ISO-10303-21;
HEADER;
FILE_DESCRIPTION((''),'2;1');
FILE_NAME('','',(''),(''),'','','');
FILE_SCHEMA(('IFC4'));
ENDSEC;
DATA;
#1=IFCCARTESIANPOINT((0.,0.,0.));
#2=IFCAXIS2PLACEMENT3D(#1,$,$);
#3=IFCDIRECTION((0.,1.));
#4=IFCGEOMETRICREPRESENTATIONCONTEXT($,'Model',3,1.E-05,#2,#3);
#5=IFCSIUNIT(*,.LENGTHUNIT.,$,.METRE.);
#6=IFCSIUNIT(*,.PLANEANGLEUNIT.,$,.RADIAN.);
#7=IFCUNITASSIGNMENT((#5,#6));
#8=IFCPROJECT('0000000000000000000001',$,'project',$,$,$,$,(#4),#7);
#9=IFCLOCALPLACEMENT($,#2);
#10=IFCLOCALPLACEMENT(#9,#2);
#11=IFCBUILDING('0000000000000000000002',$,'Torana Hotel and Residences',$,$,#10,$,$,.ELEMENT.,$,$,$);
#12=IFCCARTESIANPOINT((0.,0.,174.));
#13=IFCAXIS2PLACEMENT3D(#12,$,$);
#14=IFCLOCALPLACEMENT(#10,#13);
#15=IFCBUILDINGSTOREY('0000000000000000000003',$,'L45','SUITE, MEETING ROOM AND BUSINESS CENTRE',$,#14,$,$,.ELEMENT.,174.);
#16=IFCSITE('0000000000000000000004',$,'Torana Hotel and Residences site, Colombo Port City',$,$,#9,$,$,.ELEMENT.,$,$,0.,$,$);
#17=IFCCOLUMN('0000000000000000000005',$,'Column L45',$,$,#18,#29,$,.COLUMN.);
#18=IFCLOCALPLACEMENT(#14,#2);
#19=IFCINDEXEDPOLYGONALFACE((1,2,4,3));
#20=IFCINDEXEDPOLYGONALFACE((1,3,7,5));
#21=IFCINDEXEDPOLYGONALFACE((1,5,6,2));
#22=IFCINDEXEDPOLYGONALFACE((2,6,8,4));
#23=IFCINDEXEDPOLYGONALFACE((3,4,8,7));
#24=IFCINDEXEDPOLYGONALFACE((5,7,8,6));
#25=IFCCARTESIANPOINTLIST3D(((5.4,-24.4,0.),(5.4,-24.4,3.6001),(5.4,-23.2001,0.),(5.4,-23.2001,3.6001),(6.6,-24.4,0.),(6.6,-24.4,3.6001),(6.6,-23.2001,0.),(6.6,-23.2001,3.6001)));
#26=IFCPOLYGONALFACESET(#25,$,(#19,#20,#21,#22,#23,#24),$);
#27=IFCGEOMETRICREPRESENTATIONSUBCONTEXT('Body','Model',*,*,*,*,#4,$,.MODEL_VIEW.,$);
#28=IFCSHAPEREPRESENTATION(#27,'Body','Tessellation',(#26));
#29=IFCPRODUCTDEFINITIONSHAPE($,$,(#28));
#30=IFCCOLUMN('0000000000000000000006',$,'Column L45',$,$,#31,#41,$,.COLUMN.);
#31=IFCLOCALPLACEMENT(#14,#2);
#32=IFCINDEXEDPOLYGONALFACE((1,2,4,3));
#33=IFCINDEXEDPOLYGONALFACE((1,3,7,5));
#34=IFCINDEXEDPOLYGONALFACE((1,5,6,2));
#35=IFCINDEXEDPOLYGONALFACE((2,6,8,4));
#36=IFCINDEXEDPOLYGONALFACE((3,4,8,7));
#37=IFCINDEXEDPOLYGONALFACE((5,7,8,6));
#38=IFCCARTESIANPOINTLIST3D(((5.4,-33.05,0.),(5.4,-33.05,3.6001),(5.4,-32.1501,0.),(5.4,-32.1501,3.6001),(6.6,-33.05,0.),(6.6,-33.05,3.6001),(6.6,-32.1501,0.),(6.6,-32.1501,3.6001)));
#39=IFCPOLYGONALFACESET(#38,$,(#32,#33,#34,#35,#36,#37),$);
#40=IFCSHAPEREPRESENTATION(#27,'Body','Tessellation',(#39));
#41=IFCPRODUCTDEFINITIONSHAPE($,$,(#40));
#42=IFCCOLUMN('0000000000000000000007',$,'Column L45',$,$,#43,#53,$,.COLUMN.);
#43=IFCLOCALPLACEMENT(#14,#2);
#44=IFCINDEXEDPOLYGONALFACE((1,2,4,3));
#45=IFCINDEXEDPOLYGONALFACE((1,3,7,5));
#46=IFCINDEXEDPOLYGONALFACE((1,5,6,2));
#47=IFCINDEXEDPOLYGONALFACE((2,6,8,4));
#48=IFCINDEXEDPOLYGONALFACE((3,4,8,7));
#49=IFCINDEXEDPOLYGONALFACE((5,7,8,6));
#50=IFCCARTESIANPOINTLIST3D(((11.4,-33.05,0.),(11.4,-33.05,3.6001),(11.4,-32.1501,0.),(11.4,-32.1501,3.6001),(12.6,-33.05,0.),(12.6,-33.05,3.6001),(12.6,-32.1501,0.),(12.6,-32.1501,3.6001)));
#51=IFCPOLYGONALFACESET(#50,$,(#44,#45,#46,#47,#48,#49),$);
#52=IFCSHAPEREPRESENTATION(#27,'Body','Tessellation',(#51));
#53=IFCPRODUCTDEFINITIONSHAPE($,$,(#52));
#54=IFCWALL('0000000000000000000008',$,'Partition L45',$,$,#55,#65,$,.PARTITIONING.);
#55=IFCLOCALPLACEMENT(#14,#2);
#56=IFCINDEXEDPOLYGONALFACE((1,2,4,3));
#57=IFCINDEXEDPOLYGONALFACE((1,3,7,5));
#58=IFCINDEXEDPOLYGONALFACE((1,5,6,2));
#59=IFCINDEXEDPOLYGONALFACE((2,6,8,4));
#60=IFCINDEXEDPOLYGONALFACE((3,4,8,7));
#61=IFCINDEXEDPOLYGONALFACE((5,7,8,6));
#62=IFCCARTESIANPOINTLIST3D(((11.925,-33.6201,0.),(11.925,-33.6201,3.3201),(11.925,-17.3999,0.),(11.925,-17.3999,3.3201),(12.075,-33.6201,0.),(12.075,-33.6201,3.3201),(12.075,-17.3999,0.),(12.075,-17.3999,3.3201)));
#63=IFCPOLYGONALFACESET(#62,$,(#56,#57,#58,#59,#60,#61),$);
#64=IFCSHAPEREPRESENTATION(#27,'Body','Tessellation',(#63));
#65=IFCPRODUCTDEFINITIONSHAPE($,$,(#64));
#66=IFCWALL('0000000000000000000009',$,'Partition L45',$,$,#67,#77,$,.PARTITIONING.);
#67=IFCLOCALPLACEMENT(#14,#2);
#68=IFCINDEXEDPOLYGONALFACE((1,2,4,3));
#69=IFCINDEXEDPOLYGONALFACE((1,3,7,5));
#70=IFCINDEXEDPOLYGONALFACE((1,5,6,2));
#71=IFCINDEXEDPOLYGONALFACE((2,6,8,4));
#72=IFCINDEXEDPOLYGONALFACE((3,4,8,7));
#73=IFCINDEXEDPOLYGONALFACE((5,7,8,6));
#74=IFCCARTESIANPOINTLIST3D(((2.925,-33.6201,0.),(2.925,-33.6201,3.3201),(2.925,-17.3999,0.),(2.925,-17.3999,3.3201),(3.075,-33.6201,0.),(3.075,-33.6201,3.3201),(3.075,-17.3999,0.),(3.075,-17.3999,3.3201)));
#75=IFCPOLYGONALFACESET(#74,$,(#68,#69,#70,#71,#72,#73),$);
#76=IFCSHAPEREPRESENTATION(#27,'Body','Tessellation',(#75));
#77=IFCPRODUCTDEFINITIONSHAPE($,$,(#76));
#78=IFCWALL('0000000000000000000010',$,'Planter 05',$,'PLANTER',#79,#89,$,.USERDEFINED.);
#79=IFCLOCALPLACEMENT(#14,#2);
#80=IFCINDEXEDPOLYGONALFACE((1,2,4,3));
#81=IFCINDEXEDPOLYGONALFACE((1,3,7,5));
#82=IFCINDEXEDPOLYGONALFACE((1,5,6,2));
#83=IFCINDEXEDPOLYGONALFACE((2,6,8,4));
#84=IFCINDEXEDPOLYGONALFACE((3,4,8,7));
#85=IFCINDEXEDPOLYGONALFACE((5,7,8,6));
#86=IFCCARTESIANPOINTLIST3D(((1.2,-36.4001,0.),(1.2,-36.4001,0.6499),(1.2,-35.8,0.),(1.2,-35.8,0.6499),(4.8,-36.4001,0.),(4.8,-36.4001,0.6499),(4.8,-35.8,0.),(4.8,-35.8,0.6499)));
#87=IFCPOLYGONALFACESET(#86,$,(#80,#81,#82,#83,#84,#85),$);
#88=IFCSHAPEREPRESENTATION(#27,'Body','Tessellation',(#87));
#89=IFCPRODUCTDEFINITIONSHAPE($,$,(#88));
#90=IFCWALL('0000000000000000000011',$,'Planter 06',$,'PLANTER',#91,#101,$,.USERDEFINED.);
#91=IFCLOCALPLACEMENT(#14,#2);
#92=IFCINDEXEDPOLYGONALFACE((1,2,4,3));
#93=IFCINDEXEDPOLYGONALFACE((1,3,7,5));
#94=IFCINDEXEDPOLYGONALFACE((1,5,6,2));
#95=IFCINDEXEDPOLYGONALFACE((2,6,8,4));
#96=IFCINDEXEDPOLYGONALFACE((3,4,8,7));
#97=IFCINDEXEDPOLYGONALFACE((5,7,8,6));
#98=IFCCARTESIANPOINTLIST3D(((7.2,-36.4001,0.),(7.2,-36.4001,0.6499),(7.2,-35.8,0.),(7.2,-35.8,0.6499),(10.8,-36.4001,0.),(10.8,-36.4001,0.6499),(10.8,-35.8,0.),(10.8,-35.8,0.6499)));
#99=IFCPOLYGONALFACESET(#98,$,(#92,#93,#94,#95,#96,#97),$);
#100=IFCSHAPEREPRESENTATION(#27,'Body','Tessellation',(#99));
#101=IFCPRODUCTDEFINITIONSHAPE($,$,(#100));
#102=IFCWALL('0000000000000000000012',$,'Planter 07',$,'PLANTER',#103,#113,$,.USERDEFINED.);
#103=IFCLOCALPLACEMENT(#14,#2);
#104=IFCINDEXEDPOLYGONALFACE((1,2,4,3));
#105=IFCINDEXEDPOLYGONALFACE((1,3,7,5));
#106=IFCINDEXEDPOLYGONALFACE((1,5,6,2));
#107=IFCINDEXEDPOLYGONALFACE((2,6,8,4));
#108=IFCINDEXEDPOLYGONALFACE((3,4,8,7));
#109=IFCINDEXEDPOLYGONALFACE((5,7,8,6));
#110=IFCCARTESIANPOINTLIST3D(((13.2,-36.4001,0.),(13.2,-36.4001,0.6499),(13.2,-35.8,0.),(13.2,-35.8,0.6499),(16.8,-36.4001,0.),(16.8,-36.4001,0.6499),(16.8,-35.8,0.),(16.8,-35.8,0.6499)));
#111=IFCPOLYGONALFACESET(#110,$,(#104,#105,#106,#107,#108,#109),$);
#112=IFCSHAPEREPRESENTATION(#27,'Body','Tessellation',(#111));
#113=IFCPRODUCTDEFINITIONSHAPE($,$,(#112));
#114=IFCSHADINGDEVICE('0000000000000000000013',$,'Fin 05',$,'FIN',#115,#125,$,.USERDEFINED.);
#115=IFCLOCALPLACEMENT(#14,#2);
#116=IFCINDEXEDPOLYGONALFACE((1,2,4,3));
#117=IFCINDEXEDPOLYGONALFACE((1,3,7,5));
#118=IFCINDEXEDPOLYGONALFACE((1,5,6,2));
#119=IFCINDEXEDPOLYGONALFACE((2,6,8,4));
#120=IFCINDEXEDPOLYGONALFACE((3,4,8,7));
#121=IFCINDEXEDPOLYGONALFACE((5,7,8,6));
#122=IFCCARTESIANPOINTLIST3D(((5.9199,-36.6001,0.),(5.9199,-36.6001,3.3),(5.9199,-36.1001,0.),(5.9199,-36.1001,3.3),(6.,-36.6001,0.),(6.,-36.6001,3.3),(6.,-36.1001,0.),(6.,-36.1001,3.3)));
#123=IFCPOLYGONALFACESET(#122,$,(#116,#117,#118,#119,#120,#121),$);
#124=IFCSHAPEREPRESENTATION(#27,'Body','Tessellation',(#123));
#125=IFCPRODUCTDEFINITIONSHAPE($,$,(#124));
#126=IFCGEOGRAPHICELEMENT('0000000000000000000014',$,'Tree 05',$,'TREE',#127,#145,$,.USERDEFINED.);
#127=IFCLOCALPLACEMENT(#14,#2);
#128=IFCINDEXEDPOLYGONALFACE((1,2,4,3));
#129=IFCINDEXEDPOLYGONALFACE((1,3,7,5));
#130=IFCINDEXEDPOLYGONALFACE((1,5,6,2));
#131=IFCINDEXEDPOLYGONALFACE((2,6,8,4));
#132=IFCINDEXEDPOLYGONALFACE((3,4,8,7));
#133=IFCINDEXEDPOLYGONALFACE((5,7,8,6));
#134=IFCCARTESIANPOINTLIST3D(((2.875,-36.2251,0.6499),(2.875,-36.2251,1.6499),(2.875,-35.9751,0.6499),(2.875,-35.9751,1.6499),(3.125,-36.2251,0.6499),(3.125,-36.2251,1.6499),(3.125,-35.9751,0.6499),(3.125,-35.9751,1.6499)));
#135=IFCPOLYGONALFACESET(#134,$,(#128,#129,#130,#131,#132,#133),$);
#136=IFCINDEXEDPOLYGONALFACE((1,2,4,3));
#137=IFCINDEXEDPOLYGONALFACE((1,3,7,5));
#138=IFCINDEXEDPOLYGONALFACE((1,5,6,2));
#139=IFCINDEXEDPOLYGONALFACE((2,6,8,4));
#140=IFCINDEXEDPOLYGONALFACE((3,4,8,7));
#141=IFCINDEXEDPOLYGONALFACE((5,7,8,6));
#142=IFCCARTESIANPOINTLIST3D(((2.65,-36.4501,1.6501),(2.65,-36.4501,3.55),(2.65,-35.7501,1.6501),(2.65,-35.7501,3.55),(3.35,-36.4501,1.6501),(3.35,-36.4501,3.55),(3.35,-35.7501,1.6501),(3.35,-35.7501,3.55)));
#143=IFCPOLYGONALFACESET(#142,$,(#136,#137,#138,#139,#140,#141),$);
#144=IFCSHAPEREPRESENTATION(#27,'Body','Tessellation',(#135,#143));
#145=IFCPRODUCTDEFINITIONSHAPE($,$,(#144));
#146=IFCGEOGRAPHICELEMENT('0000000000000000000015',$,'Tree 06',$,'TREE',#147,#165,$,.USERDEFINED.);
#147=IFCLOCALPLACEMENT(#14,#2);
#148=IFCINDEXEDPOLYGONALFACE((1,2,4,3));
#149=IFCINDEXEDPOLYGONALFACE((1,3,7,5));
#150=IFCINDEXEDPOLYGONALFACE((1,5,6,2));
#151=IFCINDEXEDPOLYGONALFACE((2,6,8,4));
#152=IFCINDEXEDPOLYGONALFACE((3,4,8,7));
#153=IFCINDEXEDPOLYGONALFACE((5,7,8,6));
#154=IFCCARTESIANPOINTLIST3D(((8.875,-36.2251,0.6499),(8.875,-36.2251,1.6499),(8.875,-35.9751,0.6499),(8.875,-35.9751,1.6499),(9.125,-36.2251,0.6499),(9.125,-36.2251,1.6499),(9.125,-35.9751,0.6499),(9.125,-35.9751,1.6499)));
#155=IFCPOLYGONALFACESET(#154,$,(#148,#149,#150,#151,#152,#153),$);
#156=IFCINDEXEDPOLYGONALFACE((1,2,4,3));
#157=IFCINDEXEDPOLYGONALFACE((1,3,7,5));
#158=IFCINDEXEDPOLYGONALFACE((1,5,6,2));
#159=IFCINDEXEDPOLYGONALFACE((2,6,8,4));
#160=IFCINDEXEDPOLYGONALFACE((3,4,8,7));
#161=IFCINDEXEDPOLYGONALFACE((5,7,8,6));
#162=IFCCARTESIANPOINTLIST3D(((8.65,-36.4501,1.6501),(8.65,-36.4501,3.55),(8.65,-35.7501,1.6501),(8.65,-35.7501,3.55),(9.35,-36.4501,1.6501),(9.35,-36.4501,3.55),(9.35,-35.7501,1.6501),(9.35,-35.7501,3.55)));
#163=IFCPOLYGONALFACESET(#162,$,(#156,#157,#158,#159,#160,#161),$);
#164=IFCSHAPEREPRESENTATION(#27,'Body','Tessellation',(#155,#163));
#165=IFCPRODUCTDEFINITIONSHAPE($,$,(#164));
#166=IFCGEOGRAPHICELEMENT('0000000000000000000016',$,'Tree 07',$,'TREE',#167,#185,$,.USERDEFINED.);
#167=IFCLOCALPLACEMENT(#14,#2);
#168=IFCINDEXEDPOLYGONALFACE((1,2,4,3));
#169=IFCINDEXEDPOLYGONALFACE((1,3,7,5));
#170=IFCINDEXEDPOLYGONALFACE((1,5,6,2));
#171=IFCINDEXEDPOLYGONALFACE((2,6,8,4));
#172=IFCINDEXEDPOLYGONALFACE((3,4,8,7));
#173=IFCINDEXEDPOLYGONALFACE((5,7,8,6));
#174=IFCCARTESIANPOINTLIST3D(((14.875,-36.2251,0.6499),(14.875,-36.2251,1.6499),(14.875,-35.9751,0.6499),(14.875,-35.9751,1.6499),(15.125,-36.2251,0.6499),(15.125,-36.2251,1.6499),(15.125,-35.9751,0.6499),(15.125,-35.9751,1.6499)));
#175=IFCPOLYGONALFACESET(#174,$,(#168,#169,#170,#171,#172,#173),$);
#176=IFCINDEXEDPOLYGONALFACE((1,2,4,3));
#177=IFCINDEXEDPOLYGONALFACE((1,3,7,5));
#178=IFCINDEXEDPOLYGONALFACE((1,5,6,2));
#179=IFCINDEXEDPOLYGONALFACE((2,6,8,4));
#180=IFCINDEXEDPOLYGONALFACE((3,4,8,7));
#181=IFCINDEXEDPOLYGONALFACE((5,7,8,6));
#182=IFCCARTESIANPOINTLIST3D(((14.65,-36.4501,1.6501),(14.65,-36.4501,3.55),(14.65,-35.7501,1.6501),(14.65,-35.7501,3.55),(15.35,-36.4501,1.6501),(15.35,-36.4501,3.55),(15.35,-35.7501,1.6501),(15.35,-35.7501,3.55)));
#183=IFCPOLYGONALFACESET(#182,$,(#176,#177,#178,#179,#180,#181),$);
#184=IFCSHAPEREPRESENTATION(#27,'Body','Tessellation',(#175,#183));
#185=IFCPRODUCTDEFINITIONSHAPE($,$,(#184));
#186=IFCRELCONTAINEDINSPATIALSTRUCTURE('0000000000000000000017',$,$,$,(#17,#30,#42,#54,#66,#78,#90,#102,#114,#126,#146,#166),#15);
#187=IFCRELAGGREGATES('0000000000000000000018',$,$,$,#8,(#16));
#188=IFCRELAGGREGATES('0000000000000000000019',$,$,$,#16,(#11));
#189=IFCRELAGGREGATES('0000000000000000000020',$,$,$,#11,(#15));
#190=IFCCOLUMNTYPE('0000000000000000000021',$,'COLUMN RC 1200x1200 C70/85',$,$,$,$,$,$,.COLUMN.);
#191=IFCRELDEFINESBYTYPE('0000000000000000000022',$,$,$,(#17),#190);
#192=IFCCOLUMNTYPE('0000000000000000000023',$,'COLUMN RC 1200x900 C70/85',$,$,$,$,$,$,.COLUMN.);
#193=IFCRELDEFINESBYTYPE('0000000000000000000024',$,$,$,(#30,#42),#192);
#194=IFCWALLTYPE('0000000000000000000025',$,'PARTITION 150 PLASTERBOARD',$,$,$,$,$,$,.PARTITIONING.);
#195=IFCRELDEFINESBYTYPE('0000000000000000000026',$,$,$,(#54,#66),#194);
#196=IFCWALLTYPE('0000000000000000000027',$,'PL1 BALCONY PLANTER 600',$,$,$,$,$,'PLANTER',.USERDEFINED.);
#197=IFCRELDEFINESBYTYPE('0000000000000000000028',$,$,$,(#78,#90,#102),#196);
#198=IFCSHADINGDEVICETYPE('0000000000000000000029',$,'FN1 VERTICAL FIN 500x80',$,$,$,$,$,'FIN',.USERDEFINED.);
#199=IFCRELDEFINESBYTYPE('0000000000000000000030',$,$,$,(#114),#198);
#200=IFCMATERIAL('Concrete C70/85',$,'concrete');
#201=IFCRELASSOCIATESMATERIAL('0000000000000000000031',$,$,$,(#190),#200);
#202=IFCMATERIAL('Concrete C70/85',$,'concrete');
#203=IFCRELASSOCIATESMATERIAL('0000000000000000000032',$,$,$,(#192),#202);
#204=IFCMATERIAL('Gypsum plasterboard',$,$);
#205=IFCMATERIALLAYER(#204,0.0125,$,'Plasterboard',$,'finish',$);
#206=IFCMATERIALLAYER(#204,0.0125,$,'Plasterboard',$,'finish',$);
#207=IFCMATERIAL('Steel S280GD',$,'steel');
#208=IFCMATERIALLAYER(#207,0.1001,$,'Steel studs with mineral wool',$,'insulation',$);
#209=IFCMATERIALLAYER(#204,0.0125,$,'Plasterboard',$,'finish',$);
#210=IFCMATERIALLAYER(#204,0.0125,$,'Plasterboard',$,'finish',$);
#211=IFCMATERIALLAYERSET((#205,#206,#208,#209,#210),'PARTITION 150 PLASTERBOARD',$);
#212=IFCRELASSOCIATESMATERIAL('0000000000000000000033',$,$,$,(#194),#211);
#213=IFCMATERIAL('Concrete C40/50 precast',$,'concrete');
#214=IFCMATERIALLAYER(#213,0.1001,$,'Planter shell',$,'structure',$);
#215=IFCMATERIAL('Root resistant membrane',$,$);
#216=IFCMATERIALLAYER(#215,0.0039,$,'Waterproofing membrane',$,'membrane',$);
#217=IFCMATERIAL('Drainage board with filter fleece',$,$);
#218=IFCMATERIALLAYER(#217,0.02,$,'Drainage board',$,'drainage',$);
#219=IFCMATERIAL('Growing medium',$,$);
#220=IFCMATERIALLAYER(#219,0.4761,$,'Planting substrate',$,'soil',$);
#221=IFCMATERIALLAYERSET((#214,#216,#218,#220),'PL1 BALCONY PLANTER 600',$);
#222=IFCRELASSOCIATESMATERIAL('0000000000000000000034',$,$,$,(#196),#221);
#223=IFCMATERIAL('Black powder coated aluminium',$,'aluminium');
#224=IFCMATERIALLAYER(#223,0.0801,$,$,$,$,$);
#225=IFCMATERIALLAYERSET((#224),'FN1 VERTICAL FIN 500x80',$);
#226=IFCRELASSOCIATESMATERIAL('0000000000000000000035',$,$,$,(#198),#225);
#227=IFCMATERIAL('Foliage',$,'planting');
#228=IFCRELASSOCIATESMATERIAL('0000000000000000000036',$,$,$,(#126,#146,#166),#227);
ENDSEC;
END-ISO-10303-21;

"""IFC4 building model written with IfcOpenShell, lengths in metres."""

from ifc_helpers import new_model, si_unit, direction, frame, frame_2d, origin, origin_2d, place, context, subcontext, project, spatial, rectangle, extrude, material, layer, layer_set, material_profile, profile_set, type_object, element, save


model = new_model("IFC4")

# Units and contexts
model_context = context("Model", 3, precision=1e-05, world=origin(), true_north=direction((0.0, 1.0)))
body_context = subcontext(model_context, "Body", "Model", "MODEL_VIEW")
ifc_project = project(units=[si_unit("LENGTHUNIT", "METRE"), si_unit("PLANEANGLEUNIT", "RADIAN")], contexts=[model_context])

# Site, building, storey
site_placement = place(None, origin())
site = spatial("IfcSite", under=ifc_project, at=site_placement, Name="Torana Hotel and Residences site, Colombo Port City", CompositionType="ELEMENT", RefElevation=0.0)
building_placement = place(site_placement, origin())
building = spatial("IfcBuilding", under=site, at=building_placement, Name="Torana Hotel and Residences", CompositionType="ELEMENT")
storey_placement = place(building_placement, frame((0.0, 0.0, 174.0)))
storey = spatial("IfcBuildingStorey", under=building, at=storey_placement, Name="L45", Description="SUITE, MEETING ROOM AND BUSINESS CENTRE", CompositionType="ELEMENT", Elevation=174.0)

# Columns
ifc_material_1 = material(Name="Concrete C70/85", Category="concrete")
ifc_material_profile_1 = material_profile(ifc_material_1, rectangle(XDim=1.2, YDim=1.2, at=origin_2d()), Name="RC 1200x1200")
ifc_profile_set_1 = profile_set([ifc_material_profile_1], Name="Concrete C70/85")
column_type_1 = type_object("IfcColumnType", Name="COLUMN RC 1200x1200 C70/85", PredefinedType="COLUMN", material=ifc_profile_set_1)
column_placement = place(storey_placement, frame((6.0, -23.8, 0.0), z_axis=(0.0, 0.0, 1.0), x_axis=(1.0, 0.0, 0.0)))
element("IfcColumn", 1, at=column_placement, inside=storey, type_object=column_type_1, Name="Column L45", PredefinedType="COLUMN", context=body_context, shape_type="SweptSolid", body=[
    extrude(rectangle(XDim=1.2, YDim=1.2, at=origin_2d()), origin(), (0.0, 0.0, 1.0), 3.6001),
])
ifc_material_2 = material(Name="Concrete C70/85", Category="concrete")
ifc_material_profile_2 = material_profile(ifc_material_2, rectangle(XDim=1.2, YDim=0.8999, at=origin_2d()), Name="RC 1200x900")
ifc_profile_set_2 = profile_set([ifc_material_profile_2], Name="Concrete C70/85")
column_type_2 = type_object("IfcColumnType", Name="COLUMN RC 1200x900 C70/85", PredefinedType="COLUMN", material=ifc_profile_set_2)
for number, where, z_axis, x_axis, name in (
    (2, (6.0, -32.6001, 0.0), (0.0, 0.0, 1.0), (1.0, 0.0, 0.0), "Column L45"),
    (3, (12.0, -32.6001, 0.0), (0.0, 0.0, 1.0), (1.0, 0.0, 0.0), "Column L45"),
):
    element("IfcColumn", number, at=place(storey_placement, frame(where, z_axis=z_axis, x_axis=x_axis)), inside=storey, type_object=column_type_2, Name=name, PredefinedType="COLUMN", context=body_context, shape_type="SweptSolid", body=[
        extrude(rectangle(XDim=1.2, YDim=0.8999, at=origin_2d()), origin(), (0.0, 0.0, 1.0), 3.6001),
    ])

# Walls
ifc_material_3 = material(Name="Gypsum plasterboard")
ifc_layer_1 = layer(ifc_material_3, 0.0125, Name="Plasterboard", Category="finish")
ifc_layer_2 = layer(ifc_material_3, 0.0125, Name="Plasterboard", Category="finish")
ifc_material_4 = material(Name="Steel S280GD", Category="steel")
ifc_layer_3 = layer(ifc_material_4, 0.1001, Name="Steel studs with mineral wool", Category="insulation")
ifc_layer_4 = layer(ifc_material_3, 0.0125, Name="Plasterboard", Category="finish")
ifc_layer_5 = layer(ifc_material_3, 0.0125, Name="Plasterboard", Category="finish")
ifc_layer_set_1 = layer_set([ifc_layer_1, ifc_layer_2, ifc_layer_3, ifc_layer_4, ifc_layer_5], Name="PARTITION 150 PLASTERBOARD")
wall_type_1 = type_object("IfcWallType", Name="PARTITION 150 PLASTERBOARD", PredefinedType="PARTITIONING", material=ifc_layer_set_1)
for number, where, z_axis, x_axis, name in (
    (4, (12.0, -33.6201, 0.0), (0.0, 0.0, 1.0), (0.0, 1.0, 0.0), "Partition L45"),
    (5, (3.0, -33.6201, 0.0), (0.0, 0.0, 1.0), (0.0, 1.0, 0.0), "Partition L45"),
):
    element("IfcWall", number, at=place(storey_placement, frame(where, z_axis=z_axis, x_axis=x_axis)), inside=storey, type_object=wall_type_1, Name=name, PredefinedType="PARTITIONING", context=body_context, shape_type="SweptSolid", body=[
        extrude(rectangle(XDim=16.2202, YDim=0.1499, at=frame_2d((8.1101, 0.0))), origin(), (0.0, 0.0, 1.0), 3.3201),
    ])
ifc_material_5 = material(Name="Concrete C40/50 precast", Category="concrete")
ifc_layer_6 = layer(ifc_material_5, 0.1001, Name="Planter shell", Category="structure")
ifc_material_6 = material(Name="Root resistant membrane")
ifc_layer_7 = layer(ifc_material_6, 0.0039, Name="Waterproofing membrane", Category="membrane")
ifc_material_7 = material(Name="Drainage board with filter fleece")
ifc_layer_8 = layer(ifc_material_7, 0.02, Name="Drainage board", Category="drainage")
ifc_material_8 = material(Name="Growing medium")
ifc_layer_9 = layer(ifc_material_8, 0.4761, Name="Planting substrate", Category="soil")
ifc_layer_set_2 = layer_set([ifc_layer_6, ifc_layer_7, ifc_layer_8, ifc_layer_9], Name="PL1 BALCONY PLANTER 600")
wall_type_2 = type_object("IfcWallType", Name="PL1 BALCONY PLANTER 600", ElementType="PLANTER", PredefinedType="USERDEFINED", material=ifc_layer_set_2)
for number, where, z_axis, x_axis, name in (
    (6, (4.8, -36.1001, 0.0), (0.0, 0.0, 1.0), (-1.0, 0.0, 0.0), "Planter 05"),
    (7, (10.8, -36.1001, 0.0), (0.0, 0.0, 1.0), (-1.0, 0.0, 0.0), "Planter 06"),
    (8, (16.8, -36.1001, 0.0), (0.0, 0.0, 1.0), (-1.0, 0.0, 0.0), "Planter 07"),
):
    element("IfcWall", number, at=place(storey_placement, frame(where, z_axis=z_axis, x_axis=x_axis)), inside=storey, type_object=wall_type_2, Name=name, ObjectType="PLANTER", PredefinedType="USERDEFINED", context=body_context, shape_type="SweptSolid", body=[
        extrude(rectangle(XDim=3.6001, YDim=0.6001, at=frame_2d((1.8, 0.0))), origin(), (0.0, 0.0, 1.0), 0.6499),
    ])

# Shading device
ifc_material_9 = material(Name="Black powder coated aluminium", Category="aluminium")
ifc_layer_10 = layer(ifc_material_9, 0.0801)
ifc_layer_set_3 = layer_set([ifc_layer_10], Name="FN1 VERTICAL FIN 500x80")
shading_device_type = type_object("IfcShadingDeviceType", Name="FN1 VERTICAL FIN 500x80", ElementType="FIN", PredefinedType="USERDEFINED", material=ifc_layer_set_3)
shading_device_placement = place(storey_placement, frame((5.96, -36.3501, 0.0), z_axis=(0.0, 0.0, 1.0), x_axis=(-1.0, 0.0, 0.0)))
element("IfcShadingDevice", 9, at=shading_device_placement, inside=storey, type_object=shading_device_type, Name="Fin 05", ObjectType="FIN", PredefinedType="USERDEFINED", context=body_context, shape_type="SweptSolid", body=[
    extrude(rectangle(XDim=0.0801, YDim=0.5, at=origin_2d()), origin(), (0.0, 0.0, 1.0), 3.3),
])

# Geographic elements
ifc_material_10 = material(Name="Foliage", Category="planting")
for number, where, z_axis, x_axis, name in (
    (10, (3.0, -36.1001, 0.6499), (0.0, 0.0, 1.0), (1.0, 0.0, 0.0), "Tree 05"),
    (11, (9.0, -36.1001, 0.6499), (0.0, 0.0, 1.0), (1.0, 0.0, 0.0), "Tree 06"),
    (12, (15.0, -36.1001, 0.6499), (0.0, 0.0, 1.0), (1.0, 0.0, 0.0), "Tree 07"),
):
    element("IfcGeographicElement", number, at=place(storey_placement, frame(where, z_axis=z_axis, x_axis=x_axis)), inside=storey, material=ifc_material_10, Name=name, ObjectType="TREE", PredefinedType="USERDEFINED", context=body_context, shape_type="SweptSolid", body=[
        extrude(rectangle(XDim=0.25, YDim=0.25, at=origin_2d()), origin(), (0.0, 0.0, 1.0), 1.0),
        extrude(rectangle(XDim=0.7, YDim=0.7, at=origin_2d()), frame((0.0, 0.0, 1.0002)), (0.0, 0.0, 1.0), 1.8999),
    ])

save(model, "model.ifc")
